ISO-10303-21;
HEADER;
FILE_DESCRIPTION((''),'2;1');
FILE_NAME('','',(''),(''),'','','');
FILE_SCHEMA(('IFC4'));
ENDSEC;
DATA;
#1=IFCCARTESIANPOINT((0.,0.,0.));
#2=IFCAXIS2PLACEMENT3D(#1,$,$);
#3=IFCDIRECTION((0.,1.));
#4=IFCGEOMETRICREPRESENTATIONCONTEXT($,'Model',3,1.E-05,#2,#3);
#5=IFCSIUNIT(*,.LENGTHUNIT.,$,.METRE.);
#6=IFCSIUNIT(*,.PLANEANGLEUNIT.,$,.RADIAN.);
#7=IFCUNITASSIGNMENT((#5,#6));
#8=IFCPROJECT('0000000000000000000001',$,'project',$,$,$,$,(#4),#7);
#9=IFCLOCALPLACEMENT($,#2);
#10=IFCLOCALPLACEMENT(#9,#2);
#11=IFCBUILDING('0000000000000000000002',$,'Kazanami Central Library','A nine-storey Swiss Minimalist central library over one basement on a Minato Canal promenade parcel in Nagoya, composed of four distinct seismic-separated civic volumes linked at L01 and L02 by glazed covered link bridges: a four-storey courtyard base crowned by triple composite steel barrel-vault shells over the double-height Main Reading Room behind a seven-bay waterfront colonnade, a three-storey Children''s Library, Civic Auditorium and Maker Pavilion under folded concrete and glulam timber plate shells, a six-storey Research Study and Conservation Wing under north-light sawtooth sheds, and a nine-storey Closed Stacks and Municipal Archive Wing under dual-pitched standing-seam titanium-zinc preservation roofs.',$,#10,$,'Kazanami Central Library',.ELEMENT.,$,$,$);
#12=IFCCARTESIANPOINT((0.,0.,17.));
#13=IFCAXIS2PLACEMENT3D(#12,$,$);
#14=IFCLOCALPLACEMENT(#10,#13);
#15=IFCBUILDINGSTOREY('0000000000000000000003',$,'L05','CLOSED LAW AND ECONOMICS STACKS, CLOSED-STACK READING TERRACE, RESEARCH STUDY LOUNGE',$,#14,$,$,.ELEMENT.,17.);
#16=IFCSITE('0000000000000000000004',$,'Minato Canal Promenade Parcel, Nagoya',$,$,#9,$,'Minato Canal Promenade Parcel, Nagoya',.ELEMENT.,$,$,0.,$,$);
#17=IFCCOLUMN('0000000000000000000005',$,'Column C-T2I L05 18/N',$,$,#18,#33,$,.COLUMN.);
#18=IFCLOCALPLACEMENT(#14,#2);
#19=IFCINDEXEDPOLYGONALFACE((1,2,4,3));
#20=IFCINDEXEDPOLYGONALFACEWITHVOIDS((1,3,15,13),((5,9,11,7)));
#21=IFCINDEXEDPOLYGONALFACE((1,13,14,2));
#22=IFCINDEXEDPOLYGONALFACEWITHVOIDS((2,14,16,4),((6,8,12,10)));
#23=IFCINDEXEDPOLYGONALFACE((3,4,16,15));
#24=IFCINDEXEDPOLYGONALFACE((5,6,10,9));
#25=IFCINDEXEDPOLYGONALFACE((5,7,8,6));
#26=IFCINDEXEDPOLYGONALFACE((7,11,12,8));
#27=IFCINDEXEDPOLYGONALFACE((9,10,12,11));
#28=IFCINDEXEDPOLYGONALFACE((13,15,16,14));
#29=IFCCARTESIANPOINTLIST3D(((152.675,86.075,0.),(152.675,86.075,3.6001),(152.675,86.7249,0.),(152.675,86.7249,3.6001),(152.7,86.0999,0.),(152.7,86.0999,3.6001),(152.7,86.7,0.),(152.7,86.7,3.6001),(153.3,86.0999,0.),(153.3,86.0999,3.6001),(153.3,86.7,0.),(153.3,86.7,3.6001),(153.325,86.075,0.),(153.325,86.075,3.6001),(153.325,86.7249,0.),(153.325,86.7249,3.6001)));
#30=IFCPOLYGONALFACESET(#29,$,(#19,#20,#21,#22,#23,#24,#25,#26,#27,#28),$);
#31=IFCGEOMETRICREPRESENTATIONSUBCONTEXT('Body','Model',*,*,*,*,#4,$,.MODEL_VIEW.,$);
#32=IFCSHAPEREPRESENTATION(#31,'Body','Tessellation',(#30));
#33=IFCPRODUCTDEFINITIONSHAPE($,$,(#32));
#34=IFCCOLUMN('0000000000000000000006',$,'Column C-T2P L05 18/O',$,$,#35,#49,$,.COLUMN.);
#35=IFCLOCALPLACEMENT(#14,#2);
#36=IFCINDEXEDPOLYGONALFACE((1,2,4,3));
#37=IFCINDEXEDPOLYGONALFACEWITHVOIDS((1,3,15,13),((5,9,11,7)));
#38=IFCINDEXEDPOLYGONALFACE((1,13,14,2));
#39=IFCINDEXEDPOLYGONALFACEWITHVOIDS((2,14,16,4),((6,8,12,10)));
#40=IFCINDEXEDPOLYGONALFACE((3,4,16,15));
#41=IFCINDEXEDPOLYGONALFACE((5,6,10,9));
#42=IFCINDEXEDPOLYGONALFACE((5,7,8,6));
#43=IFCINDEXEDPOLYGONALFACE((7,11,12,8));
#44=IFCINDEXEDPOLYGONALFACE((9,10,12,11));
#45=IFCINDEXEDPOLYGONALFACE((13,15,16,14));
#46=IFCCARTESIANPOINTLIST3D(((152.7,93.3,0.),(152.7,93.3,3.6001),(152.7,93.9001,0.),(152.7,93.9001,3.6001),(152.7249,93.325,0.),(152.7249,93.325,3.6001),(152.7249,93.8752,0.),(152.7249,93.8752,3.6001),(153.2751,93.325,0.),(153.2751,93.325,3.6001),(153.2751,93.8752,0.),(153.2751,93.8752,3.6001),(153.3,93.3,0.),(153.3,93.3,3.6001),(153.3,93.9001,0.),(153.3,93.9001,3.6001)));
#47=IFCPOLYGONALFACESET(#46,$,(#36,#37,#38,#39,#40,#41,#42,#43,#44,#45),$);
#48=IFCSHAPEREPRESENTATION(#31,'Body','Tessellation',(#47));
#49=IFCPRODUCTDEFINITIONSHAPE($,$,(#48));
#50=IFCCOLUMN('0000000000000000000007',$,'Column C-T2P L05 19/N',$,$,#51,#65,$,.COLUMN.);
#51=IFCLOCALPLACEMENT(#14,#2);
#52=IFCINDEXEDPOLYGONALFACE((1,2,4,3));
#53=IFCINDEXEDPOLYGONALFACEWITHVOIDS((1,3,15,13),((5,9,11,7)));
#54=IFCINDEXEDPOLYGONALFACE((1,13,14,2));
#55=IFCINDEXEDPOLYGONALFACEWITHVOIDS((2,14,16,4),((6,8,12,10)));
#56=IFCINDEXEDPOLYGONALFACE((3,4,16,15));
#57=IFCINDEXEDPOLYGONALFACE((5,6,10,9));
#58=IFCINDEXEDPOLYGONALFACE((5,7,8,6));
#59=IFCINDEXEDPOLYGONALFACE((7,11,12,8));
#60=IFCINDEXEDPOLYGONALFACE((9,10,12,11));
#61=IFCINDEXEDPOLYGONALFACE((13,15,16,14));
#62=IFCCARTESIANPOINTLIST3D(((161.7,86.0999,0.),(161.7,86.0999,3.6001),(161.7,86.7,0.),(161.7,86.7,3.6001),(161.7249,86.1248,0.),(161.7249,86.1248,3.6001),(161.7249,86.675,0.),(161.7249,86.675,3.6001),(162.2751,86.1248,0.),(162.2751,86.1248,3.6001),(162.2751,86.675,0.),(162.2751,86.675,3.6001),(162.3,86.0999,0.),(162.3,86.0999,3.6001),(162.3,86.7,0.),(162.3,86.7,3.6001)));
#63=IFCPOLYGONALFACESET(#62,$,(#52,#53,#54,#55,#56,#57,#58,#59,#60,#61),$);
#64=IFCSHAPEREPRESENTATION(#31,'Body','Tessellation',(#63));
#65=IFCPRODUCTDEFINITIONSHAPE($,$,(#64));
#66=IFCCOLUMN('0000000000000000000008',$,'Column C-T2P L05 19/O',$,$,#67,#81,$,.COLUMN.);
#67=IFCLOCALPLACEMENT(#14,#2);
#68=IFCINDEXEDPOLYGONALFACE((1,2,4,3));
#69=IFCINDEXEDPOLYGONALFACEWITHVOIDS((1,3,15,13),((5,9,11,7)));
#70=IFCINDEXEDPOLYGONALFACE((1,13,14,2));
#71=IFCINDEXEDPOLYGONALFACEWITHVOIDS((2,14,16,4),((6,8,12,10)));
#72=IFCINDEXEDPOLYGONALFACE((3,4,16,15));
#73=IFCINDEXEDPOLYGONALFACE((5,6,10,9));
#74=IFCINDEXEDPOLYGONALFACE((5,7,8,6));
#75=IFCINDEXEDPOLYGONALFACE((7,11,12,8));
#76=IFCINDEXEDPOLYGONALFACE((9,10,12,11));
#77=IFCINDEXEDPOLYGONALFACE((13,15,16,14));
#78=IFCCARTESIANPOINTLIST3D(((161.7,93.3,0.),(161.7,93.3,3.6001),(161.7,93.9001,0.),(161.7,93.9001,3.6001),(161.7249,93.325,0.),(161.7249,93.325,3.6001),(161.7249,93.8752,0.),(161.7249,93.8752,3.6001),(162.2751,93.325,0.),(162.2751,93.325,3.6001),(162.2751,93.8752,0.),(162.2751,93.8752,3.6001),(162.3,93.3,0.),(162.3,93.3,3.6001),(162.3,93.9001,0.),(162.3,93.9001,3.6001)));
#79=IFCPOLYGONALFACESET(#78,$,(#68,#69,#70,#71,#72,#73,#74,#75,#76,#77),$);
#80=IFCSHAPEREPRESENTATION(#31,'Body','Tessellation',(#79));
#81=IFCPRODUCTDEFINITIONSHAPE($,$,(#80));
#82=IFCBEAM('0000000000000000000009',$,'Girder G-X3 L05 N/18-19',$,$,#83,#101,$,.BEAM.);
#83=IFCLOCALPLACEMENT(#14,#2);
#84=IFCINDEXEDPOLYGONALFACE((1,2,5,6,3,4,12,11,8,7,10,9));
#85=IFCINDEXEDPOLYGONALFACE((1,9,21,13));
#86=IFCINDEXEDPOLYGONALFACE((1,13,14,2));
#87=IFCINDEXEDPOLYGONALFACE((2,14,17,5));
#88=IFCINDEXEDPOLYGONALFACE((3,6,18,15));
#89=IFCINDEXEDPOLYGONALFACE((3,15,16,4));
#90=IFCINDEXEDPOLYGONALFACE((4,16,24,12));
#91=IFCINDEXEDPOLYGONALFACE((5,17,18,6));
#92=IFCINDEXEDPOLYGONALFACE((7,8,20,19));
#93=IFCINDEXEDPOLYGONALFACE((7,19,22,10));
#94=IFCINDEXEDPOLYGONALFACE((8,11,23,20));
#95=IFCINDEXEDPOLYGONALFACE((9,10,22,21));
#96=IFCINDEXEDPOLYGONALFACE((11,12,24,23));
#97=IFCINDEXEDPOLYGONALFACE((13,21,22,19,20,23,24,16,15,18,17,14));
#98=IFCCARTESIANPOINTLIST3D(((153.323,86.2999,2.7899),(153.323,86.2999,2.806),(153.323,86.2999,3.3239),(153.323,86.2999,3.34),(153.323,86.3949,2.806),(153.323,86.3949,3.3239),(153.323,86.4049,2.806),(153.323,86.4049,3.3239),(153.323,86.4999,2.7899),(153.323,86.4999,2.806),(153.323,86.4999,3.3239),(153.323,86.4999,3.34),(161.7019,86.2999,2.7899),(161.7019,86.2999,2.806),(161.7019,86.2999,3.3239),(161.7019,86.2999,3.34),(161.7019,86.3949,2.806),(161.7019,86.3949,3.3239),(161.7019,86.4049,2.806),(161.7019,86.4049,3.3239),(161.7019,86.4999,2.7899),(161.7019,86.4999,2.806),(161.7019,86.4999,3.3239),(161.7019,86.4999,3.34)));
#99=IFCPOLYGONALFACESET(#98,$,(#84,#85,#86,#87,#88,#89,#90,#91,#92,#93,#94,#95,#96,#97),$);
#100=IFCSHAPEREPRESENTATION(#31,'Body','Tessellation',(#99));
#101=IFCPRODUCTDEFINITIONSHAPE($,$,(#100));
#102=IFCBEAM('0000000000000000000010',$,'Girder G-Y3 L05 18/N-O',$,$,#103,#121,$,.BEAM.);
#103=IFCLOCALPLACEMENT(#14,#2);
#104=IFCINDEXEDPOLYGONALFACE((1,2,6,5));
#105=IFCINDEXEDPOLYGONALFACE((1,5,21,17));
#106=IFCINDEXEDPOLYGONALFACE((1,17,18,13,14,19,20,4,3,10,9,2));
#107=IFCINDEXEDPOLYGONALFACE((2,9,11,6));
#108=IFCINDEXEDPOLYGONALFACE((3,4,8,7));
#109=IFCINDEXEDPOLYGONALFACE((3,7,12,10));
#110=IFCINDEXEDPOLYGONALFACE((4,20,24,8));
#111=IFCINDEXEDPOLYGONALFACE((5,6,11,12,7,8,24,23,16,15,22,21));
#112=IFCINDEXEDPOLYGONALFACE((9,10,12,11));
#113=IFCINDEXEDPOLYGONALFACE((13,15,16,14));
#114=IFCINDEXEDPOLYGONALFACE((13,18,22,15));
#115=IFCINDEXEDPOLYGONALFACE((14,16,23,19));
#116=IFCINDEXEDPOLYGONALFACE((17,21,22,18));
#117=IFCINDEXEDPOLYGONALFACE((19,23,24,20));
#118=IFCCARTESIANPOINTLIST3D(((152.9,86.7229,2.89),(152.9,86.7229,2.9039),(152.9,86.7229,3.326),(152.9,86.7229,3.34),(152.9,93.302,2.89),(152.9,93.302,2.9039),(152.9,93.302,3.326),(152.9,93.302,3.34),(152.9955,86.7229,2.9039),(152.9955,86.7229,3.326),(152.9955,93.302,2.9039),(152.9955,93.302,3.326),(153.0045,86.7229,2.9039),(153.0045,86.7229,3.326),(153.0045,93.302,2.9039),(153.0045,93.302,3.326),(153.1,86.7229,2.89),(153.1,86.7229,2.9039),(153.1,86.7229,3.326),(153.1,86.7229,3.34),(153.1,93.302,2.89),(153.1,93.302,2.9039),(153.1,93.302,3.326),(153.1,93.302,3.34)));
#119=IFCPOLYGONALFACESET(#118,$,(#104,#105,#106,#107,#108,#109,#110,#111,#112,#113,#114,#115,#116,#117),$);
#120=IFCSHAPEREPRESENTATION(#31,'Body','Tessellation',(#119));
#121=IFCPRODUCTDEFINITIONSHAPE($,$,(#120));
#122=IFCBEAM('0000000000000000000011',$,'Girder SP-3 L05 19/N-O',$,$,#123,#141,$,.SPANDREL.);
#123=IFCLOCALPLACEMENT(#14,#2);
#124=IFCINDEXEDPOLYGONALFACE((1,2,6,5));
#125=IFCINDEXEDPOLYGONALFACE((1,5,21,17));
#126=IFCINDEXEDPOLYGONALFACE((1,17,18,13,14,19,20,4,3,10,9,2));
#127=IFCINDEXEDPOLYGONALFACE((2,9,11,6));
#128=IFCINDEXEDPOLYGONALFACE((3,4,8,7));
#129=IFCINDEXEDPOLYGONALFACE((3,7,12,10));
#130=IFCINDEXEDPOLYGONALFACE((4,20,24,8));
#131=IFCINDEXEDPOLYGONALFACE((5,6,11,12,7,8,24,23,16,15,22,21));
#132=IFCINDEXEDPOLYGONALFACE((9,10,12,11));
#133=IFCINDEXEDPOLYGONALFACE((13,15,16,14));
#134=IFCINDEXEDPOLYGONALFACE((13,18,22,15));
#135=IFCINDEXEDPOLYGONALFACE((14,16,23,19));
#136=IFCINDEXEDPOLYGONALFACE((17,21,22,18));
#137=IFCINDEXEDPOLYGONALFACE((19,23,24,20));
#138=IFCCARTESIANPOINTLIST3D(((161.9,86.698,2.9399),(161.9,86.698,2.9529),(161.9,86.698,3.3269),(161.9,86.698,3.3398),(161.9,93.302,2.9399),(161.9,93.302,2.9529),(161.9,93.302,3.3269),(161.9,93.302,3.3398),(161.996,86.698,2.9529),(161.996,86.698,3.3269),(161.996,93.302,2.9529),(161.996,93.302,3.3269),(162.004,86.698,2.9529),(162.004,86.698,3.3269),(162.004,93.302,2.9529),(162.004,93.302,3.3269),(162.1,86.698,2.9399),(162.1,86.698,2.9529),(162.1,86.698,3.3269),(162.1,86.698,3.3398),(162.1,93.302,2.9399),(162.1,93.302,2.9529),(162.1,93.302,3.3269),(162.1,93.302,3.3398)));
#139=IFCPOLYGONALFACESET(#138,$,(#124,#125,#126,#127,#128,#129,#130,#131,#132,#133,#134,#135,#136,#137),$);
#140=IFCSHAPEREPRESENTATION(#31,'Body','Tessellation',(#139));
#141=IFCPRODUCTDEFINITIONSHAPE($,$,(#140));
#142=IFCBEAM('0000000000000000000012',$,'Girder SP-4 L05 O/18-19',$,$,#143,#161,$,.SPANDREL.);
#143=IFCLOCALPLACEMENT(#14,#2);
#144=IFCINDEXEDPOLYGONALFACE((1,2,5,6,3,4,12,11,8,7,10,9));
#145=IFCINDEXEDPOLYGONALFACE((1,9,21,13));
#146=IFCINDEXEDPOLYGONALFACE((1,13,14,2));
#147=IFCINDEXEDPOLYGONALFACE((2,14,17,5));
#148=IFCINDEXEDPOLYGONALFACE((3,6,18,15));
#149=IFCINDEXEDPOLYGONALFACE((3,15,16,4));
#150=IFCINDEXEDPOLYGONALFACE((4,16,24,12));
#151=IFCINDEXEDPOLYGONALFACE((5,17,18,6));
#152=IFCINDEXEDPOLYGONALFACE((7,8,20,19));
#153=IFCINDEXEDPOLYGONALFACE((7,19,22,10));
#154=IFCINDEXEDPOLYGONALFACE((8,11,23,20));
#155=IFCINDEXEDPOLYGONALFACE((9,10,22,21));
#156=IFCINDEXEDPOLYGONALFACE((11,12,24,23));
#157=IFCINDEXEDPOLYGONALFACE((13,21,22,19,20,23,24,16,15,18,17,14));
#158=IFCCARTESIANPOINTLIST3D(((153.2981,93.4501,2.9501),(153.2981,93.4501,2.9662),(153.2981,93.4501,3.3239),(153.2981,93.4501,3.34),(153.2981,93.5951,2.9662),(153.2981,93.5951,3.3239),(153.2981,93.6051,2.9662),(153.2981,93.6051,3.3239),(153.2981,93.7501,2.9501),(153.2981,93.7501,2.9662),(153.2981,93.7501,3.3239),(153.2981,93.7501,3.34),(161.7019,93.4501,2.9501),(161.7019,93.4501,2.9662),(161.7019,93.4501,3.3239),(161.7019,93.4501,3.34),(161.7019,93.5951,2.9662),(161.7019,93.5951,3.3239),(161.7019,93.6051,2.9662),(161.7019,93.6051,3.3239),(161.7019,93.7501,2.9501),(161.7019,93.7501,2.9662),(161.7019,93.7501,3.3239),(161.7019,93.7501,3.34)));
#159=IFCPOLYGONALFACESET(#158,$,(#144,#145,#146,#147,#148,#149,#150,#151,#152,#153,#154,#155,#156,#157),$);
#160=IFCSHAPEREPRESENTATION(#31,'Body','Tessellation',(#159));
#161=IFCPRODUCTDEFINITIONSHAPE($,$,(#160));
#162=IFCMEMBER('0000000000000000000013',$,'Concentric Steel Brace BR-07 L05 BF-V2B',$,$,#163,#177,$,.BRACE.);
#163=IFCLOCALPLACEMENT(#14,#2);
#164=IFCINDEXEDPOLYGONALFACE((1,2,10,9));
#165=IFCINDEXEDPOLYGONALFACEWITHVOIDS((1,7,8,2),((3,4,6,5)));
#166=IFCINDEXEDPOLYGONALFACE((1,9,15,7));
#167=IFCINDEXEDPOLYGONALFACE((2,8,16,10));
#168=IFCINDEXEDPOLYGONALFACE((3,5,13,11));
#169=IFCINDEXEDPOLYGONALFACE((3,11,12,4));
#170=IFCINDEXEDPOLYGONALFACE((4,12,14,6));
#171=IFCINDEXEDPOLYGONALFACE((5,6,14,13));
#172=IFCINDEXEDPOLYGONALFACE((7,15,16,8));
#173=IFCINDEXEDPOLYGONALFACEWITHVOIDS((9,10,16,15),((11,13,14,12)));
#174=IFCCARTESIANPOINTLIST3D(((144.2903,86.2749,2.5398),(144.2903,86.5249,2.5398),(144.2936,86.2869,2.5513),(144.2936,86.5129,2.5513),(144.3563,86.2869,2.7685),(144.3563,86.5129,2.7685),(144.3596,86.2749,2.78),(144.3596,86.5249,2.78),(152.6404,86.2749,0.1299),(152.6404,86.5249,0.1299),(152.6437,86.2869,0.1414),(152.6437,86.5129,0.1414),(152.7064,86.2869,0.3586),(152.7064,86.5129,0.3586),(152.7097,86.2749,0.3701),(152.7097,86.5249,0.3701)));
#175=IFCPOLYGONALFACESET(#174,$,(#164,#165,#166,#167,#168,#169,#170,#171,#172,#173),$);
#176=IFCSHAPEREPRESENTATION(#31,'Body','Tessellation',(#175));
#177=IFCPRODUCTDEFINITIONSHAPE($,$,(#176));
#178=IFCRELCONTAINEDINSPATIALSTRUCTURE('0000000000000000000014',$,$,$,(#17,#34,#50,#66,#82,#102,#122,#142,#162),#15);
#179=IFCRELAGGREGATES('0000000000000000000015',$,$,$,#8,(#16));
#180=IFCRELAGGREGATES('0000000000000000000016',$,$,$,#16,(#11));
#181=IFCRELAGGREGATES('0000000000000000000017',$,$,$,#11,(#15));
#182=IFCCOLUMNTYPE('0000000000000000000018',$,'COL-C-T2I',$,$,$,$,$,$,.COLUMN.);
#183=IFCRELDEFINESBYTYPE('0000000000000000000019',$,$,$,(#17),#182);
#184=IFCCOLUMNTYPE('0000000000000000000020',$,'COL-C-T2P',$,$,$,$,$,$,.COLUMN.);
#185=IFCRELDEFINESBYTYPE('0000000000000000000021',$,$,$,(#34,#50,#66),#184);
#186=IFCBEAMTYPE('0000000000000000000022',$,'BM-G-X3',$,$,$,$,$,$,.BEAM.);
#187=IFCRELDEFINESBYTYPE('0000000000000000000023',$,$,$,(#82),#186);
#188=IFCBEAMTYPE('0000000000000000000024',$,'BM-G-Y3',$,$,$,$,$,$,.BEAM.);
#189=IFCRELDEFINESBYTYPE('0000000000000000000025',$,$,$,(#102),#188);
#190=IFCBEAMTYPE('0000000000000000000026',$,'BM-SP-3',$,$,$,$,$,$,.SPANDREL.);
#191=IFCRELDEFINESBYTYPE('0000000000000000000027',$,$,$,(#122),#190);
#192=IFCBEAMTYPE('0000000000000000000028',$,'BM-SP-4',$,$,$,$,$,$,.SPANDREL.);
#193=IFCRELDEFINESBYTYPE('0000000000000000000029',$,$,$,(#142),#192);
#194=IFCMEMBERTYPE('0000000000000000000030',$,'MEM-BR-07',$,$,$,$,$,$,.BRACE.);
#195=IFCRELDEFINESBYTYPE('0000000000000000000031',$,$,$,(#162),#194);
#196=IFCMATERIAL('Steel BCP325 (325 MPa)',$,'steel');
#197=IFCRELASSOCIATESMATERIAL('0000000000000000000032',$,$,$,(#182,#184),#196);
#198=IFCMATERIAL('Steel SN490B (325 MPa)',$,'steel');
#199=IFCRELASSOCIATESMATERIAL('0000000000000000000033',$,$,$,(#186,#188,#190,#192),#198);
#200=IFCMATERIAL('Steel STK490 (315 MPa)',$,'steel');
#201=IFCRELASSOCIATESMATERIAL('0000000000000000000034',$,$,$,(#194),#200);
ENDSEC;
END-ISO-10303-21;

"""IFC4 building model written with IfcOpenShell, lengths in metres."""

from ifc_helpers import new_model, si_unit, direction, frame, origin, origin_2d, place, context, subcontext, project, spatial, hollow_rectangle, i_section, extrude, material, material_profile, profile_set, type_object, element, save


model = new_model("IFC4")

# Units and contexts
model_context = context("Model", 3, precision=1e-05, world=origin(), true_north=direction((0.0, 1.0)))
body_context = subcontext(model_context, "Body", "Model", "MODEL_VIEW")
ifc_project = project(units=[si_unit("LENGTHUNIT", "METRE"), si_unit("PLANEANGLEUNIT", "RADIAN")], contexts=[model_context])

# Site, building, storey
site_placement = place(None, origin())
site = spatial("IfcSite", under=ifc_project, at=site_placement, Name="Minato Canal Promenade Parcel, Nagoya", LongName="Minato Canal Promenade Parcel, Nagoya", CompositionType="ELEMENT", RefElevation=0.0)
building_placement = place(site_placement, origin())
building = spatial("IfcBuilding", under=site, at=building_placement, Name="Kazanami Central Library", Description="A nine-storey Swiss Minimalist central library over one basement on a Minato Canal promenade parcel in Nagoya, composed of four distinct seismic-separated civic volumes linked at L01 and L02 by glazed covered link bridges: a four-storey courtyard base crowned by triple composite steel barrel-vault shells over the double-height Main Reading Room behind a seven-bay waterfront colonnade, a three-storey Children's Library, Civic Auditorium and Maker Pavilion under folded concrete and glulam timber plate shells, a six-storey Research Study and Conservation Wing under north-light sawtooth sheds, and a nine-storey Closed Stacks and Municipal Archive Wing under dual-pitched standing-seam titanium-zinc preservation roofs.", LongName="Kazanami Central Library", CompositionType="ELEMENT")
storey_placement = place(building_placement, frame((0.0, 0.0, 17.0)))
storey = spatial("IfcBuildingStorey", under=building, at=storey_placement, Name="L05", Description="CLOSED LAW AND ECONOMICS STACKS, CLOSED-STACK READING TERRACE, RESEARCH STUDY LOUNGE", CompositionType="ELEMENT", Elevation=17.0)

# Columns
ifc_material_1 = material(Name="Steel BCP325 (325 MPa)", Category="steel")
ifc_material_profile_1 = material_profile(ifc_material_1, hollow_rectangle(XDim=0.6499, YDim=0.6499, WallThickness=0.0249, at=origin_2d()), Name="BCP-650x650x25")
ifc_profile_set_1 = profile_set([ifc_material_profile_1], Name="Steel BCP325 (325 MPa)")
column_type_1 = type_object("IfcColumnType", Name="COL-C-T2I", PredefinedType="COLUMN", material=ifc_profile_set_1)
column_placement = place(storey_placement, frame((153.0, 86.3999, 0.0), z_axis=(0.0, 0.0, 1.0), x_axis=(1.0, 0.0, 0.0)))
element("IfcColumn", 1, at=column_placement, inside=storey, type_object=column_type_1, Name="Column C-T2I L05 18/N", PredefinedType="COLUMN", context=body_context, shape_type="SweptSolid", body=[
    extrude(hollow_rectangle(XDim=0.6499, YDim=0.6499, WallThickness=0.0249, at=origin_2d()), origin(), (0.0, 0.0, 1.0), 3.6001),
])
ifc_material_profile_2 = material_profile(ifc_material_1, hollow_rectangle(XDim=0.6001, YDim=0.6001, WallThickness=0.0249, at=origin_2d()), Name="BCP-600x600x25")
ifc_profile_set_2 = profile_set([ifc_material_profile_2], Name="Steel BCP325 (325 MPa)")
column_type_2 = type_object("IfcColumnType", Name="COL-C-T2P", PredefinedType="COLUMN", material=ifc_profile_set_2)
for number, where, z_axis, x_axis, name in (
    (2, (153.0, 93.6001, 0.0), (0.0, 0.0, 1.0), (1.0, 0.0, 0.0), "Column C-T2P L05 18/O"),
    (3, (162.0, 86.3999, 0.0), (0.0, 0.0, 1.0), (1.0, 0.0, 0.0), "Column C-T2P L05 19/N"),
    (4, (162.0, 93.6001, 0.0), (0.0, 0.0, 1.0), (1.0, 0.0, 0.0), "Column C-T2P L05 19/O"),
):
    element("IfcColumn", number, at=place(storey_placement, frame(where, z_axis=z_axis, x_axis=x_axis)), inside=storey, type_object=column_type_2, Name=name, PredefinedType="COLUMN", context=body_context, shape_type="SweptSolid", body=[
        extrude(hollow_rectangle(XDim=0.6001, YDim=0.6001, WallThickness=0.0249, at=origin_2d()), origin(), (0.0, 0.0, 1.0), 3.6001),
    ])

# Beams
ifc_material_2 = material(Name="Steel SN490B (325 MPa)", Category="steel")
ifc_material_profile_3 = material_profile(ifc_material_2, i_section(OverallWidth=0.2, OverallDepth=0.55, WebThickness=0.01, FlangeThickness=0.0161, at=origin_2d()), Name="H-550x200x10x16")
ifc_profile_set_3 = profile_set([ifc_material_profile_3], Name="Steel SN490B (325 MPa)")
beam_type_1 = type_object("IfcBeamType", Name="BM-G-X3", PredefinedType="BEAM", material=ifc_profile_set_3)
beam_1_placement = place(storey_placement, frame((153.323, 86.3999, 3.0649), z_axis=(1.0, 0.0, 0.0), x_axis=(0.0, 1.0, 0.0)))
element("IfcBeam", 5, at=beam_1_placement, inside=storey, type_object=beam_type_1, Name="Girder G-X3 L05 N/18-19", PredefinedType="BEAM", context=body_context, shape_type="SweptSolid", body=[
    extrude(i_section(OverallWidth=0.2, OverallDepth=0.55, WebThickness=0.01, FlangeThickness=0.0161, at=origin_2d()), origin(), (0.0, 0.0, 1.0), 8.3789),
])
ifc_material_profile_4 = material_profile(ifc_material_2, i_section(OverallWidth=0.2, OverallDepth=0.45, WebThickness=0.009, FlangeThickness=0.0139, at=origin_2d()), Name="H-450x200x9x14")
ifc_profile_set_4 = profile_set([ifc_material_profile_4], Name="Steel SN490B (325 MPa)")
beam_type_2 = type_object("IfcBeamType", Name="BM-G-Y3", PredefinedType="BEAM", material=ifc_profile_set_4)
beam_2_placement = place(storey_placement, frame((153.0, 86.7229, 3.115), z_axis=(0.0, 1.0, 0.0), x_axis=(-1.0, 0.0, 0.0)))
element("IfcBeam", 6, at=beam_2_placement, inside=storey, type_object=beam_type_2, Name="Girder G-Y3 L05 18/N-O", PredefinedType="BEAM", context=body_context, shape_type="SweptSolid", body=[
    extrude(i_section(OverallWidth=0.2, OverallDepth=0.45, WebThickness=0.009, FlangeThickness=0.0139, at=origin_2d()), origin(), (0.0, 0.0, 1.0), 6.5791),
])
ifc_material_profile_5 = material_profile(ifc_material_2, i_section(OverallWidth=0.2, OverallDepth=0.3999, WebThickness=0.0081, FlangeThickness=0.0129, at=origin_2d()), Name="H-400x200x8x13")
ifc_profile_set_5 = profile_set([ifc_material_profile_5], Name="Steel SN490B (325 MPa)")
beam_type_3 = type_object("IfcBeamType", Name="BM-SP-3", PredefinedType="SPANDREL", material=ifc_profile_set_5)
beam_3_placement = place(storey_placement, frame((162.0, 86.698, 3.1399), z_axis=(0.0, 1.0, 0.0), x_axis=(-1.0, 0.0, 0.0)))
element("IfcBeam", 7, at=beam_3_placement, inside=storey, type_object=beam_type_3, Name="Girder SP-3 L05 19/N-O", PredefinedType="SPANDREL", context=body_context, shape_type="SweptSolid", body=[
    extrude(i_section(OverallWidth=0.2, OverallDepth=0.3999, WebThickness=0.0081, FlangeThickness=0.0129, at=origin_2d()), origin(), (0.0, 0.0, 1.0), 6.604),
])
ifc_material_profile_6 = material_profile(ifc_material_2, i_section(OverallWidth=0.3, OverallDepth=0.3899, WebThickness=0.01, FlangeThickness=0.0161, at=origin_2d()), Name="H-390x300x10x16")
ifc_profile_set_6 = profile_set([ifc_material_profile_6], Name="Steel SN490B (325 MPa)")
beam_type_4 = type_object("IfcBeamType", Name="BM-SP-4", PredefinedType="SPANDREL", material=ifc_profile_set_6)
beam_4_placement = place(storey_placement, frame((153.2981, 93.6001, 3.145), z_axis=(1.0, 0.0, 0.0), x_axis=(0.0, 1.0, 0.0)))
element("IfcBeam", 8, at=beam_4_placement, inside=storey, type_object=beam_type_4, Name="Girder SP-4 L05 O/18-19", PredefinedType="SPANDREL", context=body_context, shape_type="SweptSolid", body=[
    extrude(i_section(OverallWidth=0.3, OverallDepth=0.3899, WebThickness=0.01, FlangeThickness=0.0161, at=origin_2d()), origin(), (0.0, 0.0, 1.0), 8.4038),
])

# Member
ifc_material_3 = material(Name="Steel STK490 (315 MPa)", Category="steel")
ifc_material_profile_7 = material_profile(ifc_material_3, hollow_rectangle(XDim=0.25, YDim=0.25, WallThickness=0.012, at=origin_2d()), Name="STKR-250x250x12")
ifc_profile_set_7 = profile_set([ifc_material_profile_7], Name="Steel STK490 (315 MPa)")
member_type = type_object("IfcMemberType", Name="MEM-BR-07", PredefinedType="BRACE", material=ifc_profile_set_7)
member_placement = place(storey_placement, frame((152.675, 86.3999, 0.25), z_axis=(-0.960786, 0.0, 0.277291), x_axis=(0.0, -1.0, 0.0)))
element("IfcMember", 9, at=member_placement, inside=storey, type_object=member_type, Name="Concentric Steel Brace BR-07 L05 BF-V2B", PredefinedType="BRACE", context=body_context, shape_type="SweptSolid", body=[
    extrude(hollow_rectangle(XDim=0.25, YDim=0.25, WallThickness=0.012, at=origin_2d()), origin(), (0.0, 0.0, 1.0), 8.6909),
])

save(model, "model.ifc")
